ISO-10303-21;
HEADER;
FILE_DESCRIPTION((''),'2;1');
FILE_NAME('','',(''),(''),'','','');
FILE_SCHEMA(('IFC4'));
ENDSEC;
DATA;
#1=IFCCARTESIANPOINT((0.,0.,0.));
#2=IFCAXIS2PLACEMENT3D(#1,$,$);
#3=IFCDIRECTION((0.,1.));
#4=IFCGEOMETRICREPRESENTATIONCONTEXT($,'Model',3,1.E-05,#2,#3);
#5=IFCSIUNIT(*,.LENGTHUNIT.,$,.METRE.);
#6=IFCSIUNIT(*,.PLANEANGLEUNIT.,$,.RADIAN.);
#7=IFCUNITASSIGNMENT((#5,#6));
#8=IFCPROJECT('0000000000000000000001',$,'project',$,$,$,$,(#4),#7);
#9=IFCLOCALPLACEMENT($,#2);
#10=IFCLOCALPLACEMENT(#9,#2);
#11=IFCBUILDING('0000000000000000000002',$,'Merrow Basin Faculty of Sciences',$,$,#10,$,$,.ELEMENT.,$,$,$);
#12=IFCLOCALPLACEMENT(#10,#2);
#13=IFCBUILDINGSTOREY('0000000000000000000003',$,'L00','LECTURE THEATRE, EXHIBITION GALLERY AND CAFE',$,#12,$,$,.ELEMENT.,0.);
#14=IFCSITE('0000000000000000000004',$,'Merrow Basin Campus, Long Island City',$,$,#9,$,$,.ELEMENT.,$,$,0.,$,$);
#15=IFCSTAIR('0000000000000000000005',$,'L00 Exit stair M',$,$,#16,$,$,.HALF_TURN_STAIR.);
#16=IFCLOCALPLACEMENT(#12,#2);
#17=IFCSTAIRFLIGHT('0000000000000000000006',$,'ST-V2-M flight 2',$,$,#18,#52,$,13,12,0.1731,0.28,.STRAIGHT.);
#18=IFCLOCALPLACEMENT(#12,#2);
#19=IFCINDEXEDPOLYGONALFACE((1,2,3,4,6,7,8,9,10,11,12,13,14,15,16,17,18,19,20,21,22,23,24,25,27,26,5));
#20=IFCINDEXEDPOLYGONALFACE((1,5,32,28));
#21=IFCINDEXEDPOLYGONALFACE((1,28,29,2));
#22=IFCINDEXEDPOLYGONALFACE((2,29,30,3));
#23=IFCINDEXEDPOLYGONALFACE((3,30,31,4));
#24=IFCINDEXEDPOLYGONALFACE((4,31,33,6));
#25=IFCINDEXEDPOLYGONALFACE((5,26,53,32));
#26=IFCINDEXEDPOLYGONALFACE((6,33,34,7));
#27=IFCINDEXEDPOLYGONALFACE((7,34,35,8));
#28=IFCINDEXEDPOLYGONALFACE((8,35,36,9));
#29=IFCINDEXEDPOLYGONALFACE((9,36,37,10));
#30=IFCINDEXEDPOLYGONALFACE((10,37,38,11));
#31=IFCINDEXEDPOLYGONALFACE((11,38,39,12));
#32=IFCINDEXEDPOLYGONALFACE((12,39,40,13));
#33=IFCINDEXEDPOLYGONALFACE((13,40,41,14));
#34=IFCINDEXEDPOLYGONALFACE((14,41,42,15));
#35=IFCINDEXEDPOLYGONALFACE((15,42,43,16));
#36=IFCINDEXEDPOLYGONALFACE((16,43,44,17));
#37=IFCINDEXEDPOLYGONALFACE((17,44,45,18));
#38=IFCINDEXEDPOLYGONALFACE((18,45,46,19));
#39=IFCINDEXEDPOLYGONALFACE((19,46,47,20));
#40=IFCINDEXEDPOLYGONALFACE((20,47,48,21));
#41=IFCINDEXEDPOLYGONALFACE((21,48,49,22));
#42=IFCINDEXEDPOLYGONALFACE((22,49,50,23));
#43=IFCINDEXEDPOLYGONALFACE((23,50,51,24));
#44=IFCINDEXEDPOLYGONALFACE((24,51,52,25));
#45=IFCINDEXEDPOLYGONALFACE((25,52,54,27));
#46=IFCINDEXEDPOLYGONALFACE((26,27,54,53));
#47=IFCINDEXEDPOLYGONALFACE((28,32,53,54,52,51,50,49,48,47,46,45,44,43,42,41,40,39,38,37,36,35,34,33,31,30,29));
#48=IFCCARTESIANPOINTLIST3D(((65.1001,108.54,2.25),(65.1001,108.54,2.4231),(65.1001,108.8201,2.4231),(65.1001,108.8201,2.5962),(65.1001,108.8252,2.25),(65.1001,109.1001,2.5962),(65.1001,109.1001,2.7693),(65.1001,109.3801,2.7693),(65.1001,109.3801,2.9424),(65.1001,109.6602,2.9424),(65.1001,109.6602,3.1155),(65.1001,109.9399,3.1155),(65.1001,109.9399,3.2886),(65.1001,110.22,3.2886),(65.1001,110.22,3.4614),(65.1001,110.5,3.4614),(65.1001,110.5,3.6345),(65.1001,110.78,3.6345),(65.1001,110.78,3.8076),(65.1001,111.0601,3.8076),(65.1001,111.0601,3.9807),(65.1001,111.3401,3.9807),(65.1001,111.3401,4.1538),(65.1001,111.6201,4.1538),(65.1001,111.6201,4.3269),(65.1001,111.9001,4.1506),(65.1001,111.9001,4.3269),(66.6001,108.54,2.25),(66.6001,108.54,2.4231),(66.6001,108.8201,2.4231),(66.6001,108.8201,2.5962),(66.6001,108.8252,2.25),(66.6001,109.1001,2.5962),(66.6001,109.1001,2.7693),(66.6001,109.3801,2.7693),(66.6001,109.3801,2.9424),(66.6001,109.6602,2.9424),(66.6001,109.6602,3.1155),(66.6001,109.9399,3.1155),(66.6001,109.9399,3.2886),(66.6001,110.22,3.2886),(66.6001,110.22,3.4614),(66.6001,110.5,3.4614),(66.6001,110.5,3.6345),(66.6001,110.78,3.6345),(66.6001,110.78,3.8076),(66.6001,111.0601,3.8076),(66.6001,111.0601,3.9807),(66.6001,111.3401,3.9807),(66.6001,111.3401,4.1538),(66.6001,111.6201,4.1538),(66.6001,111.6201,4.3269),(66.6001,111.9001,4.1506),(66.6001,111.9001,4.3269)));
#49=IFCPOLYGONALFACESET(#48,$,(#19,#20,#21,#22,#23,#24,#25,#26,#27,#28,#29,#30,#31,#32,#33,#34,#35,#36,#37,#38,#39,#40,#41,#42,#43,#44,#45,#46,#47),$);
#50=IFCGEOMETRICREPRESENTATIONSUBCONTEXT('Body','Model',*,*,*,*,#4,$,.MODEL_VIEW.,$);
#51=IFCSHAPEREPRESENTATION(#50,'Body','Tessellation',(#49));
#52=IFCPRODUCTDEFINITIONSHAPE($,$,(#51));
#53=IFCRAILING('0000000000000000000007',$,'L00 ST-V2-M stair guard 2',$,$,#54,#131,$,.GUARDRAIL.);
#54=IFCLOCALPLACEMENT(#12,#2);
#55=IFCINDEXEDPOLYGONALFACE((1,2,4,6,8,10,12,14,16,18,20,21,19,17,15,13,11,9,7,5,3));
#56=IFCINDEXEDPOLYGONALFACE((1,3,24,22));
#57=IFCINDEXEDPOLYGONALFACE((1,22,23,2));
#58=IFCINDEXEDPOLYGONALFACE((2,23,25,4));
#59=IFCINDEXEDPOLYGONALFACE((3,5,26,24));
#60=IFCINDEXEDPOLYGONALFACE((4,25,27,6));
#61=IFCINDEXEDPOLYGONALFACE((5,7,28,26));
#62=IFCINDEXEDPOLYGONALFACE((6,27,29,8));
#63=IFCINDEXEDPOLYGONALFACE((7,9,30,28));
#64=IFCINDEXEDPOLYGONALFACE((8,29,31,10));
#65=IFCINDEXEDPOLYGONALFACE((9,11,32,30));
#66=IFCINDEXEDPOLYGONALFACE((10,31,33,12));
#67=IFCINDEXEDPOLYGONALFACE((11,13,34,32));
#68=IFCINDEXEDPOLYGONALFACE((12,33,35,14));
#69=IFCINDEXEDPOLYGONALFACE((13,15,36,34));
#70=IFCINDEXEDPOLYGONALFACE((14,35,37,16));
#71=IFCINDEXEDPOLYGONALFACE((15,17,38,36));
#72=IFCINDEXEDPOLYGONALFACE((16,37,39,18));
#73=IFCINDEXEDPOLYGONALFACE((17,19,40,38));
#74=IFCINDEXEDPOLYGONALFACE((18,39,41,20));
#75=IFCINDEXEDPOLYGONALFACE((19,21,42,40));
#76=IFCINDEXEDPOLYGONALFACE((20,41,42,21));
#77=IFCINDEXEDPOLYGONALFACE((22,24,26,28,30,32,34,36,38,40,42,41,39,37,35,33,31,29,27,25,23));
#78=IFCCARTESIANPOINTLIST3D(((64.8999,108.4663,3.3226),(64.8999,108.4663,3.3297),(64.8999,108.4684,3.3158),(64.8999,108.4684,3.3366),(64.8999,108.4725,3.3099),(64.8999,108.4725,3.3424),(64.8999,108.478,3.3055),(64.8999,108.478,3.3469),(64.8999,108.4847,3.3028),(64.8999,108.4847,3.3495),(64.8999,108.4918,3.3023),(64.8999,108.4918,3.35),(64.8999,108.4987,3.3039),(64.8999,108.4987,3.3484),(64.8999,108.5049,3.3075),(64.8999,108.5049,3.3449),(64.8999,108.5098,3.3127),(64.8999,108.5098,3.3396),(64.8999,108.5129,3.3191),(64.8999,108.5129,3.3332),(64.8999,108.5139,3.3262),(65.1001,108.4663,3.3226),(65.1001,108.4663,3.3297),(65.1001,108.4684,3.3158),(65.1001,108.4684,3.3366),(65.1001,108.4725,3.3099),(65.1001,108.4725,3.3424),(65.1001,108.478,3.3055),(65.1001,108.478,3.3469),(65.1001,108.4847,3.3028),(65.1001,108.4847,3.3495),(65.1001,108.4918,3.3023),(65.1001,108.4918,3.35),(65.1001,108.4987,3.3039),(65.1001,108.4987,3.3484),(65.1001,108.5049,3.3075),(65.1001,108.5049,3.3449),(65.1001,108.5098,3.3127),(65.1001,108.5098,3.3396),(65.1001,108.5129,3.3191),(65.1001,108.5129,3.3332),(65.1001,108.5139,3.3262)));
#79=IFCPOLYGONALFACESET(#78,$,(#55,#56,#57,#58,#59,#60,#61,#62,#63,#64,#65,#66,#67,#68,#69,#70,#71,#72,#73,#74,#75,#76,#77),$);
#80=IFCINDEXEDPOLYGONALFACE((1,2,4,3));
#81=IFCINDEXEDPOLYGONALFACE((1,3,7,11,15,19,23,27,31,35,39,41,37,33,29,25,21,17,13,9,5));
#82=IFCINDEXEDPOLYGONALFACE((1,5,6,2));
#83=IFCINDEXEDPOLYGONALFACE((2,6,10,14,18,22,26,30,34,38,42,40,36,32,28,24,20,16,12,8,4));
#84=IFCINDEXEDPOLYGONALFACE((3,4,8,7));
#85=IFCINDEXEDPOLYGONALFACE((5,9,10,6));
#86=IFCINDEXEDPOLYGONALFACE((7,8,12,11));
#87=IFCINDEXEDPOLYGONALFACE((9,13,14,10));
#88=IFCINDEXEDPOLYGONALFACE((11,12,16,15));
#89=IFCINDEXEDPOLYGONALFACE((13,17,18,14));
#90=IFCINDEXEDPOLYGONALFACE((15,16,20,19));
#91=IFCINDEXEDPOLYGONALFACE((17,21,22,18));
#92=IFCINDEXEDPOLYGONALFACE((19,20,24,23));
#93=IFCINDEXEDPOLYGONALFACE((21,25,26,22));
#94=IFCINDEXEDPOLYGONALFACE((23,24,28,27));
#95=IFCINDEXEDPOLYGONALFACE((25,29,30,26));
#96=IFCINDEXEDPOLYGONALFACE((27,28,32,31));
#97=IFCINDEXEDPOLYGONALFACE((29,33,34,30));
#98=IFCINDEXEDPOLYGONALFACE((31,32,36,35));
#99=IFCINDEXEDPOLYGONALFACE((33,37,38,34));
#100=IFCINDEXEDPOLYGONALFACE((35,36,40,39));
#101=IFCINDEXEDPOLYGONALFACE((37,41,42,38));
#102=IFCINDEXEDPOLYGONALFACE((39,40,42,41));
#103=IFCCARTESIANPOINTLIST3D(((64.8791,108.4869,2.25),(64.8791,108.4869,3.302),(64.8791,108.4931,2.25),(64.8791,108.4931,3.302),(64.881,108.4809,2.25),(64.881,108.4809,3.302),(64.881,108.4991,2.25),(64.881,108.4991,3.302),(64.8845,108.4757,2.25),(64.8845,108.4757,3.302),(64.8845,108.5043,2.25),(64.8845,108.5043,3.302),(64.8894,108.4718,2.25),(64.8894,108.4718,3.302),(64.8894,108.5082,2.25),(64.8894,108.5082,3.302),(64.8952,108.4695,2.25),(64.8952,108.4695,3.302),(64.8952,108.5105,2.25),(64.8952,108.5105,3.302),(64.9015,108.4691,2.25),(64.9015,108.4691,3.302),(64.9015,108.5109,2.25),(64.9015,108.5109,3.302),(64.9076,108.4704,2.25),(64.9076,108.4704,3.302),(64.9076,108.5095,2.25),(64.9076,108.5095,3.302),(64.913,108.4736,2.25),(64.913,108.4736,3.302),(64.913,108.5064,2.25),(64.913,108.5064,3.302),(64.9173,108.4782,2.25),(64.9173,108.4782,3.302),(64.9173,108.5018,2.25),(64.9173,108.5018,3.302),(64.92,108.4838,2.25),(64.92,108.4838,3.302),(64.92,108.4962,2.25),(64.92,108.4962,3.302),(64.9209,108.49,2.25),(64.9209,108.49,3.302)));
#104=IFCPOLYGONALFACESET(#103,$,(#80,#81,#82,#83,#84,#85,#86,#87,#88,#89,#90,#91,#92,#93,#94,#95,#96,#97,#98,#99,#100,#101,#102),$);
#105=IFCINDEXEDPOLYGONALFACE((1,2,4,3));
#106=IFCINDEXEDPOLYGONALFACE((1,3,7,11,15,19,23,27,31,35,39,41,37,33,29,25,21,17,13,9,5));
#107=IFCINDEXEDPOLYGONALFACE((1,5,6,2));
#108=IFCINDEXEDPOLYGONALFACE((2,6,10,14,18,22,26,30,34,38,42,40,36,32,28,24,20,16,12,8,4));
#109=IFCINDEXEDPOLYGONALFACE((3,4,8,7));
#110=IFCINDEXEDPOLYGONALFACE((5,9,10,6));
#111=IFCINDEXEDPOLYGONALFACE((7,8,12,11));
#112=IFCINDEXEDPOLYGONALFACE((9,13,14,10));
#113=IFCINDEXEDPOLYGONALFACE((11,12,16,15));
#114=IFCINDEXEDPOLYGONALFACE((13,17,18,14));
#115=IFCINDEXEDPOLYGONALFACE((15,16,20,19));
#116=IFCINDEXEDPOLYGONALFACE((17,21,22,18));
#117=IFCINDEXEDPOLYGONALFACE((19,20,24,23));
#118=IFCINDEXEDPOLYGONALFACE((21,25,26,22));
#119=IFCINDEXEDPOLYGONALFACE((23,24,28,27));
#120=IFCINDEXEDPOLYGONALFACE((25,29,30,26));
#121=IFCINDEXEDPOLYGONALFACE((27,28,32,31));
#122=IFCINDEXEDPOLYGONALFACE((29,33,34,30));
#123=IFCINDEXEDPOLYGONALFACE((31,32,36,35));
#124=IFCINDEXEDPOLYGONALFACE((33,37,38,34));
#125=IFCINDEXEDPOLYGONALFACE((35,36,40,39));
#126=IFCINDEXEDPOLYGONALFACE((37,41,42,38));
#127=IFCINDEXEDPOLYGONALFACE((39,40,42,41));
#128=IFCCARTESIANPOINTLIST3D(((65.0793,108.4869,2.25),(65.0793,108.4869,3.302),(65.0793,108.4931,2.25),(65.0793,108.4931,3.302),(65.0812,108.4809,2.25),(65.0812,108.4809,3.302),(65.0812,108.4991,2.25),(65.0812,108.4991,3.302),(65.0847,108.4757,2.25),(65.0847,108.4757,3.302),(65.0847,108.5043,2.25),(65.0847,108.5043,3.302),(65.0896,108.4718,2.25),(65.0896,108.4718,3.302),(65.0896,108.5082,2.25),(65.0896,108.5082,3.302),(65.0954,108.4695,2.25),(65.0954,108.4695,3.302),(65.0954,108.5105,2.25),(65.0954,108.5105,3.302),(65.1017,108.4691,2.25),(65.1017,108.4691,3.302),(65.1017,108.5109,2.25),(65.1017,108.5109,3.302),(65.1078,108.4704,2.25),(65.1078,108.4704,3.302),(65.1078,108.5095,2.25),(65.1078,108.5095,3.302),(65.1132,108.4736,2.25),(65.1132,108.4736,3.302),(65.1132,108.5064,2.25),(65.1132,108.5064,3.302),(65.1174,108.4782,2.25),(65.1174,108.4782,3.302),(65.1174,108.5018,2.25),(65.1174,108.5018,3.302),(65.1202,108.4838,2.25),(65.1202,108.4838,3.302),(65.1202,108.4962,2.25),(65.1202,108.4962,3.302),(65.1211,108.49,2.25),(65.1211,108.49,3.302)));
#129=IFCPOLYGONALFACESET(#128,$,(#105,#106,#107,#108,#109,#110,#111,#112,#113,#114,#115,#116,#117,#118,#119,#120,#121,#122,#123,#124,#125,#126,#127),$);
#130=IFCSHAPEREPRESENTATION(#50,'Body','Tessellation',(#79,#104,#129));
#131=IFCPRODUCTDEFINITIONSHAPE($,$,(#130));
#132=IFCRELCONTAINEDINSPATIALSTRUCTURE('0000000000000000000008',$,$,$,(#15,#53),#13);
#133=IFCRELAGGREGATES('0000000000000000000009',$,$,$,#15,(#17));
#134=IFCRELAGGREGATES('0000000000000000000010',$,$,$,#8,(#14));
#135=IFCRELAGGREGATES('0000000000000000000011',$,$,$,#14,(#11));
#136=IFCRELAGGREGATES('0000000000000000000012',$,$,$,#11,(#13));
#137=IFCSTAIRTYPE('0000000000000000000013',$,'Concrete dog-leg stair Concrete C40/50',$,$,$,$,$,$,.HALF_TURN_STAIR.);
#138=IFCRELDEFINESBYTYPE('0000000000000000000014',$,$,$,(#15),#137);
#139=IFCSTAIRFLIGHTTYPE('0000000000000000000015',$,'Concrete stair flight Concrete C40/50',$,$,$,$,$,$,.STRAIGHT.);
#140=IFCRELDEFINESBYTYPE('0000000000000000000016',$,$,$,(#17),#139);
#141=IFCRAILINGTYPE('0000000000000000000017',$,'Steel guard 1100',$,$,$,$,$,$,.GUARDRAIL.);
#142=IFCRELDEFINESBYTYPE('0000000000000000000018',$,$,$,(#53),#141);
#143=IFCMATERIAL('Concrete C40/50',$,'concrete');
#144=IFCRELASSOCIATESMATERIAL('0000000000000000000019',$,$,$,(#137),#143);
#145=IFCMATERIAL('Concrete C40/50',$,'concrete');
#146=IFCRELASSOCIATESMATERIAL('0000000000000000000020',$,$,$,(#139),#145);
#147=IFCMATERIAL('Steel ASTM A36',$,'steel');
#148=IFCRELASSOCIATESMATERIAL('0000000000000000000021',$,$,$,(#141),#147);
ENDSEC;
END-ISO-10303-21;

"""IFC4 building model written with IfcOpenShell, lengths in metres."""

from ifc_helpers import new_model, si_unit, direction, frame, origin, origin_2d, place, context, subcontext, project, spatial, polyline, circle, outline, extrude, material, type_object, element, aggregate, save


model = new_model("IFC4")

# Units and contexts
model_context = context("Model", 3, precision=1e-05, world=origin(), true_north=direction((0.0, 1.0)))
body_context = subcontext(model_context, "Body", "Model", "MODEL_VIEW")
ifc_project = project(units=[si_unit("LENGTHUNIT", "METRE"), si_unit("PLANEANGLEUNIT", "RADIAN")], contexts=[model_context])

# Site, building, storey
site_placement = place(None, origin())
site = spatial("IfcSite", under=ifc_project, at=site_placement, Name="Merrow Basin Campus, Long Island City", CompositionType="ELEMENT", RefElevation=0.0)
building_placement = place(site_placement, origin())
building = spatial("IfcBuilding", under=site, at=building_placement, Name="Merrow Basin Faculty of Sciences", CompositionType="ELEMENT")
storey_placement = place(building_placement, origin())
storey = spatial("IfcBuildingStorey", under=building, at=storey_placement, Name="L00", Description="LECTURE THEATRE, EXHIBITION GALLERY AND CAFE", CompositionType="ELEMENT", Elevation=0.0)

# Stair, stair flight
ifc_material_1 = material(Name="Concrete C40/50", Category="concrete")
stair_type = type_object("IfcStairType", Name="Concrete dog-leg stair Concrete C40/50", PredefinedType="HALF_TURN_STAIR", material=ifc_material_1)
stair_placement = place(storey_placement, origin())
stair = element("IfcStair", 1, at=stair_placement, inside=storey, type_object=stair_type, Name="L00 Exit stair M", PredefinedType="HALF_TURN_STAIR")
ifc_material_2 = material(Name="Concrete C40/50", Category="concrete")
stair_flight_type = type_object("IfcStairFlightType", Name="Concrete stair flight Concrete C40/50", PredefinedType="STRAIGHT", material=ifc_material_2)
stair_flight_placement = place(storey_placement, frame((65.8501, 108.54, 2.25), z_axis=(0.0, 0.0, 1.0), x_axis=(0.0, 1.0, 0.0)))
stair_flight = element("IfcStairFlight", 2, at=stair_flight_placement, type_object=stair_flight_type, Name="ST-V2-M flight 2", NumberOfRisers=13, NumberOfTreads=12, PredefinedType="STRAIGHT", RiserHeight=0.1731, TreadLength=0.28, context=body_context, shape_type="SweptSolid", body=[
    extrude(outline(polyline([(0.0, 0.0), (0.0, 0.1731), (0.28, 0.1731), (0.28, 0.3462), (0.5601, 0.3462), (0.5601, 0.5193), (0.8401, 0.5193), (0.8401, 0.6924), (1.1201, 0.6924), (1.1201, 0.8655), (1.3999, 0.8655), (1.3999, 1.0386), (1.6799, 1.0386), (1.6799, 1.2114), (1.96, 1.2114), (1.96, 1.3845), (2.24, 1.3845), (2.24, 1.5576), (2.52, 1.5576), (2.52, 1.7307), (2.8, 1.7307), (2.8, 1.9038), (3.0801, 1.9038), (3.0801, 2.0769), (3.3601, 2.0769), (3.3601, 2.25), (3.3601, 1.9006), (0.2852, 0.0), (0.0, 0.0)])), frame((0.0, 0.75, 0.0), z_axis=(0.0, -1.0, 0.0), x_axis=(1.0, 0.0, 0.0)), (0.0, 0.0, 1.0), 1.5),
])
aggregate(stair, [stair_flight])

# Railing
ifc_material_3 = material(Name="Steel ASTM A36", Category="steel")
railing_type_1 = type_object("IfcRailingType", Name="Steel guard 1100", PredefinedType="GUARDRAIL", material=ifc_material_3)
railing_1_placement = place(storey_placement, frame((64.8999, 108.49, 2.25)))
element("IfcRailing", 3, at=railing_1_placement, inside=storey, type_object=railing_type_1, Name="L00 ST-V2-M stair guard 2", PredefinedType="GUARDRAIL", context=body_context, shape_type="SweptSolid", body=[
    extrude(circle(Radius=0.0239, at=origin_2d()), frame((0.0, 0.0, 1.0762), z_axis=(1.0, 0.0, 0.0), x_axis=(0.0, 1.0, 0.0)), (0.0, 0.0, 1.0), 0.2002),
    extrude(circle(Radius=0.021, at=origin_2d()), origin(), (0.0, 0.0, 1.0), 1.052),
    extrude(circle(Radius=0.021, at=origin_2d()), frame((0.2002, 0.0, 0.0)), (0.0, 0.0, 1.0), 1.052),
])

save(model, "model.ifc")
